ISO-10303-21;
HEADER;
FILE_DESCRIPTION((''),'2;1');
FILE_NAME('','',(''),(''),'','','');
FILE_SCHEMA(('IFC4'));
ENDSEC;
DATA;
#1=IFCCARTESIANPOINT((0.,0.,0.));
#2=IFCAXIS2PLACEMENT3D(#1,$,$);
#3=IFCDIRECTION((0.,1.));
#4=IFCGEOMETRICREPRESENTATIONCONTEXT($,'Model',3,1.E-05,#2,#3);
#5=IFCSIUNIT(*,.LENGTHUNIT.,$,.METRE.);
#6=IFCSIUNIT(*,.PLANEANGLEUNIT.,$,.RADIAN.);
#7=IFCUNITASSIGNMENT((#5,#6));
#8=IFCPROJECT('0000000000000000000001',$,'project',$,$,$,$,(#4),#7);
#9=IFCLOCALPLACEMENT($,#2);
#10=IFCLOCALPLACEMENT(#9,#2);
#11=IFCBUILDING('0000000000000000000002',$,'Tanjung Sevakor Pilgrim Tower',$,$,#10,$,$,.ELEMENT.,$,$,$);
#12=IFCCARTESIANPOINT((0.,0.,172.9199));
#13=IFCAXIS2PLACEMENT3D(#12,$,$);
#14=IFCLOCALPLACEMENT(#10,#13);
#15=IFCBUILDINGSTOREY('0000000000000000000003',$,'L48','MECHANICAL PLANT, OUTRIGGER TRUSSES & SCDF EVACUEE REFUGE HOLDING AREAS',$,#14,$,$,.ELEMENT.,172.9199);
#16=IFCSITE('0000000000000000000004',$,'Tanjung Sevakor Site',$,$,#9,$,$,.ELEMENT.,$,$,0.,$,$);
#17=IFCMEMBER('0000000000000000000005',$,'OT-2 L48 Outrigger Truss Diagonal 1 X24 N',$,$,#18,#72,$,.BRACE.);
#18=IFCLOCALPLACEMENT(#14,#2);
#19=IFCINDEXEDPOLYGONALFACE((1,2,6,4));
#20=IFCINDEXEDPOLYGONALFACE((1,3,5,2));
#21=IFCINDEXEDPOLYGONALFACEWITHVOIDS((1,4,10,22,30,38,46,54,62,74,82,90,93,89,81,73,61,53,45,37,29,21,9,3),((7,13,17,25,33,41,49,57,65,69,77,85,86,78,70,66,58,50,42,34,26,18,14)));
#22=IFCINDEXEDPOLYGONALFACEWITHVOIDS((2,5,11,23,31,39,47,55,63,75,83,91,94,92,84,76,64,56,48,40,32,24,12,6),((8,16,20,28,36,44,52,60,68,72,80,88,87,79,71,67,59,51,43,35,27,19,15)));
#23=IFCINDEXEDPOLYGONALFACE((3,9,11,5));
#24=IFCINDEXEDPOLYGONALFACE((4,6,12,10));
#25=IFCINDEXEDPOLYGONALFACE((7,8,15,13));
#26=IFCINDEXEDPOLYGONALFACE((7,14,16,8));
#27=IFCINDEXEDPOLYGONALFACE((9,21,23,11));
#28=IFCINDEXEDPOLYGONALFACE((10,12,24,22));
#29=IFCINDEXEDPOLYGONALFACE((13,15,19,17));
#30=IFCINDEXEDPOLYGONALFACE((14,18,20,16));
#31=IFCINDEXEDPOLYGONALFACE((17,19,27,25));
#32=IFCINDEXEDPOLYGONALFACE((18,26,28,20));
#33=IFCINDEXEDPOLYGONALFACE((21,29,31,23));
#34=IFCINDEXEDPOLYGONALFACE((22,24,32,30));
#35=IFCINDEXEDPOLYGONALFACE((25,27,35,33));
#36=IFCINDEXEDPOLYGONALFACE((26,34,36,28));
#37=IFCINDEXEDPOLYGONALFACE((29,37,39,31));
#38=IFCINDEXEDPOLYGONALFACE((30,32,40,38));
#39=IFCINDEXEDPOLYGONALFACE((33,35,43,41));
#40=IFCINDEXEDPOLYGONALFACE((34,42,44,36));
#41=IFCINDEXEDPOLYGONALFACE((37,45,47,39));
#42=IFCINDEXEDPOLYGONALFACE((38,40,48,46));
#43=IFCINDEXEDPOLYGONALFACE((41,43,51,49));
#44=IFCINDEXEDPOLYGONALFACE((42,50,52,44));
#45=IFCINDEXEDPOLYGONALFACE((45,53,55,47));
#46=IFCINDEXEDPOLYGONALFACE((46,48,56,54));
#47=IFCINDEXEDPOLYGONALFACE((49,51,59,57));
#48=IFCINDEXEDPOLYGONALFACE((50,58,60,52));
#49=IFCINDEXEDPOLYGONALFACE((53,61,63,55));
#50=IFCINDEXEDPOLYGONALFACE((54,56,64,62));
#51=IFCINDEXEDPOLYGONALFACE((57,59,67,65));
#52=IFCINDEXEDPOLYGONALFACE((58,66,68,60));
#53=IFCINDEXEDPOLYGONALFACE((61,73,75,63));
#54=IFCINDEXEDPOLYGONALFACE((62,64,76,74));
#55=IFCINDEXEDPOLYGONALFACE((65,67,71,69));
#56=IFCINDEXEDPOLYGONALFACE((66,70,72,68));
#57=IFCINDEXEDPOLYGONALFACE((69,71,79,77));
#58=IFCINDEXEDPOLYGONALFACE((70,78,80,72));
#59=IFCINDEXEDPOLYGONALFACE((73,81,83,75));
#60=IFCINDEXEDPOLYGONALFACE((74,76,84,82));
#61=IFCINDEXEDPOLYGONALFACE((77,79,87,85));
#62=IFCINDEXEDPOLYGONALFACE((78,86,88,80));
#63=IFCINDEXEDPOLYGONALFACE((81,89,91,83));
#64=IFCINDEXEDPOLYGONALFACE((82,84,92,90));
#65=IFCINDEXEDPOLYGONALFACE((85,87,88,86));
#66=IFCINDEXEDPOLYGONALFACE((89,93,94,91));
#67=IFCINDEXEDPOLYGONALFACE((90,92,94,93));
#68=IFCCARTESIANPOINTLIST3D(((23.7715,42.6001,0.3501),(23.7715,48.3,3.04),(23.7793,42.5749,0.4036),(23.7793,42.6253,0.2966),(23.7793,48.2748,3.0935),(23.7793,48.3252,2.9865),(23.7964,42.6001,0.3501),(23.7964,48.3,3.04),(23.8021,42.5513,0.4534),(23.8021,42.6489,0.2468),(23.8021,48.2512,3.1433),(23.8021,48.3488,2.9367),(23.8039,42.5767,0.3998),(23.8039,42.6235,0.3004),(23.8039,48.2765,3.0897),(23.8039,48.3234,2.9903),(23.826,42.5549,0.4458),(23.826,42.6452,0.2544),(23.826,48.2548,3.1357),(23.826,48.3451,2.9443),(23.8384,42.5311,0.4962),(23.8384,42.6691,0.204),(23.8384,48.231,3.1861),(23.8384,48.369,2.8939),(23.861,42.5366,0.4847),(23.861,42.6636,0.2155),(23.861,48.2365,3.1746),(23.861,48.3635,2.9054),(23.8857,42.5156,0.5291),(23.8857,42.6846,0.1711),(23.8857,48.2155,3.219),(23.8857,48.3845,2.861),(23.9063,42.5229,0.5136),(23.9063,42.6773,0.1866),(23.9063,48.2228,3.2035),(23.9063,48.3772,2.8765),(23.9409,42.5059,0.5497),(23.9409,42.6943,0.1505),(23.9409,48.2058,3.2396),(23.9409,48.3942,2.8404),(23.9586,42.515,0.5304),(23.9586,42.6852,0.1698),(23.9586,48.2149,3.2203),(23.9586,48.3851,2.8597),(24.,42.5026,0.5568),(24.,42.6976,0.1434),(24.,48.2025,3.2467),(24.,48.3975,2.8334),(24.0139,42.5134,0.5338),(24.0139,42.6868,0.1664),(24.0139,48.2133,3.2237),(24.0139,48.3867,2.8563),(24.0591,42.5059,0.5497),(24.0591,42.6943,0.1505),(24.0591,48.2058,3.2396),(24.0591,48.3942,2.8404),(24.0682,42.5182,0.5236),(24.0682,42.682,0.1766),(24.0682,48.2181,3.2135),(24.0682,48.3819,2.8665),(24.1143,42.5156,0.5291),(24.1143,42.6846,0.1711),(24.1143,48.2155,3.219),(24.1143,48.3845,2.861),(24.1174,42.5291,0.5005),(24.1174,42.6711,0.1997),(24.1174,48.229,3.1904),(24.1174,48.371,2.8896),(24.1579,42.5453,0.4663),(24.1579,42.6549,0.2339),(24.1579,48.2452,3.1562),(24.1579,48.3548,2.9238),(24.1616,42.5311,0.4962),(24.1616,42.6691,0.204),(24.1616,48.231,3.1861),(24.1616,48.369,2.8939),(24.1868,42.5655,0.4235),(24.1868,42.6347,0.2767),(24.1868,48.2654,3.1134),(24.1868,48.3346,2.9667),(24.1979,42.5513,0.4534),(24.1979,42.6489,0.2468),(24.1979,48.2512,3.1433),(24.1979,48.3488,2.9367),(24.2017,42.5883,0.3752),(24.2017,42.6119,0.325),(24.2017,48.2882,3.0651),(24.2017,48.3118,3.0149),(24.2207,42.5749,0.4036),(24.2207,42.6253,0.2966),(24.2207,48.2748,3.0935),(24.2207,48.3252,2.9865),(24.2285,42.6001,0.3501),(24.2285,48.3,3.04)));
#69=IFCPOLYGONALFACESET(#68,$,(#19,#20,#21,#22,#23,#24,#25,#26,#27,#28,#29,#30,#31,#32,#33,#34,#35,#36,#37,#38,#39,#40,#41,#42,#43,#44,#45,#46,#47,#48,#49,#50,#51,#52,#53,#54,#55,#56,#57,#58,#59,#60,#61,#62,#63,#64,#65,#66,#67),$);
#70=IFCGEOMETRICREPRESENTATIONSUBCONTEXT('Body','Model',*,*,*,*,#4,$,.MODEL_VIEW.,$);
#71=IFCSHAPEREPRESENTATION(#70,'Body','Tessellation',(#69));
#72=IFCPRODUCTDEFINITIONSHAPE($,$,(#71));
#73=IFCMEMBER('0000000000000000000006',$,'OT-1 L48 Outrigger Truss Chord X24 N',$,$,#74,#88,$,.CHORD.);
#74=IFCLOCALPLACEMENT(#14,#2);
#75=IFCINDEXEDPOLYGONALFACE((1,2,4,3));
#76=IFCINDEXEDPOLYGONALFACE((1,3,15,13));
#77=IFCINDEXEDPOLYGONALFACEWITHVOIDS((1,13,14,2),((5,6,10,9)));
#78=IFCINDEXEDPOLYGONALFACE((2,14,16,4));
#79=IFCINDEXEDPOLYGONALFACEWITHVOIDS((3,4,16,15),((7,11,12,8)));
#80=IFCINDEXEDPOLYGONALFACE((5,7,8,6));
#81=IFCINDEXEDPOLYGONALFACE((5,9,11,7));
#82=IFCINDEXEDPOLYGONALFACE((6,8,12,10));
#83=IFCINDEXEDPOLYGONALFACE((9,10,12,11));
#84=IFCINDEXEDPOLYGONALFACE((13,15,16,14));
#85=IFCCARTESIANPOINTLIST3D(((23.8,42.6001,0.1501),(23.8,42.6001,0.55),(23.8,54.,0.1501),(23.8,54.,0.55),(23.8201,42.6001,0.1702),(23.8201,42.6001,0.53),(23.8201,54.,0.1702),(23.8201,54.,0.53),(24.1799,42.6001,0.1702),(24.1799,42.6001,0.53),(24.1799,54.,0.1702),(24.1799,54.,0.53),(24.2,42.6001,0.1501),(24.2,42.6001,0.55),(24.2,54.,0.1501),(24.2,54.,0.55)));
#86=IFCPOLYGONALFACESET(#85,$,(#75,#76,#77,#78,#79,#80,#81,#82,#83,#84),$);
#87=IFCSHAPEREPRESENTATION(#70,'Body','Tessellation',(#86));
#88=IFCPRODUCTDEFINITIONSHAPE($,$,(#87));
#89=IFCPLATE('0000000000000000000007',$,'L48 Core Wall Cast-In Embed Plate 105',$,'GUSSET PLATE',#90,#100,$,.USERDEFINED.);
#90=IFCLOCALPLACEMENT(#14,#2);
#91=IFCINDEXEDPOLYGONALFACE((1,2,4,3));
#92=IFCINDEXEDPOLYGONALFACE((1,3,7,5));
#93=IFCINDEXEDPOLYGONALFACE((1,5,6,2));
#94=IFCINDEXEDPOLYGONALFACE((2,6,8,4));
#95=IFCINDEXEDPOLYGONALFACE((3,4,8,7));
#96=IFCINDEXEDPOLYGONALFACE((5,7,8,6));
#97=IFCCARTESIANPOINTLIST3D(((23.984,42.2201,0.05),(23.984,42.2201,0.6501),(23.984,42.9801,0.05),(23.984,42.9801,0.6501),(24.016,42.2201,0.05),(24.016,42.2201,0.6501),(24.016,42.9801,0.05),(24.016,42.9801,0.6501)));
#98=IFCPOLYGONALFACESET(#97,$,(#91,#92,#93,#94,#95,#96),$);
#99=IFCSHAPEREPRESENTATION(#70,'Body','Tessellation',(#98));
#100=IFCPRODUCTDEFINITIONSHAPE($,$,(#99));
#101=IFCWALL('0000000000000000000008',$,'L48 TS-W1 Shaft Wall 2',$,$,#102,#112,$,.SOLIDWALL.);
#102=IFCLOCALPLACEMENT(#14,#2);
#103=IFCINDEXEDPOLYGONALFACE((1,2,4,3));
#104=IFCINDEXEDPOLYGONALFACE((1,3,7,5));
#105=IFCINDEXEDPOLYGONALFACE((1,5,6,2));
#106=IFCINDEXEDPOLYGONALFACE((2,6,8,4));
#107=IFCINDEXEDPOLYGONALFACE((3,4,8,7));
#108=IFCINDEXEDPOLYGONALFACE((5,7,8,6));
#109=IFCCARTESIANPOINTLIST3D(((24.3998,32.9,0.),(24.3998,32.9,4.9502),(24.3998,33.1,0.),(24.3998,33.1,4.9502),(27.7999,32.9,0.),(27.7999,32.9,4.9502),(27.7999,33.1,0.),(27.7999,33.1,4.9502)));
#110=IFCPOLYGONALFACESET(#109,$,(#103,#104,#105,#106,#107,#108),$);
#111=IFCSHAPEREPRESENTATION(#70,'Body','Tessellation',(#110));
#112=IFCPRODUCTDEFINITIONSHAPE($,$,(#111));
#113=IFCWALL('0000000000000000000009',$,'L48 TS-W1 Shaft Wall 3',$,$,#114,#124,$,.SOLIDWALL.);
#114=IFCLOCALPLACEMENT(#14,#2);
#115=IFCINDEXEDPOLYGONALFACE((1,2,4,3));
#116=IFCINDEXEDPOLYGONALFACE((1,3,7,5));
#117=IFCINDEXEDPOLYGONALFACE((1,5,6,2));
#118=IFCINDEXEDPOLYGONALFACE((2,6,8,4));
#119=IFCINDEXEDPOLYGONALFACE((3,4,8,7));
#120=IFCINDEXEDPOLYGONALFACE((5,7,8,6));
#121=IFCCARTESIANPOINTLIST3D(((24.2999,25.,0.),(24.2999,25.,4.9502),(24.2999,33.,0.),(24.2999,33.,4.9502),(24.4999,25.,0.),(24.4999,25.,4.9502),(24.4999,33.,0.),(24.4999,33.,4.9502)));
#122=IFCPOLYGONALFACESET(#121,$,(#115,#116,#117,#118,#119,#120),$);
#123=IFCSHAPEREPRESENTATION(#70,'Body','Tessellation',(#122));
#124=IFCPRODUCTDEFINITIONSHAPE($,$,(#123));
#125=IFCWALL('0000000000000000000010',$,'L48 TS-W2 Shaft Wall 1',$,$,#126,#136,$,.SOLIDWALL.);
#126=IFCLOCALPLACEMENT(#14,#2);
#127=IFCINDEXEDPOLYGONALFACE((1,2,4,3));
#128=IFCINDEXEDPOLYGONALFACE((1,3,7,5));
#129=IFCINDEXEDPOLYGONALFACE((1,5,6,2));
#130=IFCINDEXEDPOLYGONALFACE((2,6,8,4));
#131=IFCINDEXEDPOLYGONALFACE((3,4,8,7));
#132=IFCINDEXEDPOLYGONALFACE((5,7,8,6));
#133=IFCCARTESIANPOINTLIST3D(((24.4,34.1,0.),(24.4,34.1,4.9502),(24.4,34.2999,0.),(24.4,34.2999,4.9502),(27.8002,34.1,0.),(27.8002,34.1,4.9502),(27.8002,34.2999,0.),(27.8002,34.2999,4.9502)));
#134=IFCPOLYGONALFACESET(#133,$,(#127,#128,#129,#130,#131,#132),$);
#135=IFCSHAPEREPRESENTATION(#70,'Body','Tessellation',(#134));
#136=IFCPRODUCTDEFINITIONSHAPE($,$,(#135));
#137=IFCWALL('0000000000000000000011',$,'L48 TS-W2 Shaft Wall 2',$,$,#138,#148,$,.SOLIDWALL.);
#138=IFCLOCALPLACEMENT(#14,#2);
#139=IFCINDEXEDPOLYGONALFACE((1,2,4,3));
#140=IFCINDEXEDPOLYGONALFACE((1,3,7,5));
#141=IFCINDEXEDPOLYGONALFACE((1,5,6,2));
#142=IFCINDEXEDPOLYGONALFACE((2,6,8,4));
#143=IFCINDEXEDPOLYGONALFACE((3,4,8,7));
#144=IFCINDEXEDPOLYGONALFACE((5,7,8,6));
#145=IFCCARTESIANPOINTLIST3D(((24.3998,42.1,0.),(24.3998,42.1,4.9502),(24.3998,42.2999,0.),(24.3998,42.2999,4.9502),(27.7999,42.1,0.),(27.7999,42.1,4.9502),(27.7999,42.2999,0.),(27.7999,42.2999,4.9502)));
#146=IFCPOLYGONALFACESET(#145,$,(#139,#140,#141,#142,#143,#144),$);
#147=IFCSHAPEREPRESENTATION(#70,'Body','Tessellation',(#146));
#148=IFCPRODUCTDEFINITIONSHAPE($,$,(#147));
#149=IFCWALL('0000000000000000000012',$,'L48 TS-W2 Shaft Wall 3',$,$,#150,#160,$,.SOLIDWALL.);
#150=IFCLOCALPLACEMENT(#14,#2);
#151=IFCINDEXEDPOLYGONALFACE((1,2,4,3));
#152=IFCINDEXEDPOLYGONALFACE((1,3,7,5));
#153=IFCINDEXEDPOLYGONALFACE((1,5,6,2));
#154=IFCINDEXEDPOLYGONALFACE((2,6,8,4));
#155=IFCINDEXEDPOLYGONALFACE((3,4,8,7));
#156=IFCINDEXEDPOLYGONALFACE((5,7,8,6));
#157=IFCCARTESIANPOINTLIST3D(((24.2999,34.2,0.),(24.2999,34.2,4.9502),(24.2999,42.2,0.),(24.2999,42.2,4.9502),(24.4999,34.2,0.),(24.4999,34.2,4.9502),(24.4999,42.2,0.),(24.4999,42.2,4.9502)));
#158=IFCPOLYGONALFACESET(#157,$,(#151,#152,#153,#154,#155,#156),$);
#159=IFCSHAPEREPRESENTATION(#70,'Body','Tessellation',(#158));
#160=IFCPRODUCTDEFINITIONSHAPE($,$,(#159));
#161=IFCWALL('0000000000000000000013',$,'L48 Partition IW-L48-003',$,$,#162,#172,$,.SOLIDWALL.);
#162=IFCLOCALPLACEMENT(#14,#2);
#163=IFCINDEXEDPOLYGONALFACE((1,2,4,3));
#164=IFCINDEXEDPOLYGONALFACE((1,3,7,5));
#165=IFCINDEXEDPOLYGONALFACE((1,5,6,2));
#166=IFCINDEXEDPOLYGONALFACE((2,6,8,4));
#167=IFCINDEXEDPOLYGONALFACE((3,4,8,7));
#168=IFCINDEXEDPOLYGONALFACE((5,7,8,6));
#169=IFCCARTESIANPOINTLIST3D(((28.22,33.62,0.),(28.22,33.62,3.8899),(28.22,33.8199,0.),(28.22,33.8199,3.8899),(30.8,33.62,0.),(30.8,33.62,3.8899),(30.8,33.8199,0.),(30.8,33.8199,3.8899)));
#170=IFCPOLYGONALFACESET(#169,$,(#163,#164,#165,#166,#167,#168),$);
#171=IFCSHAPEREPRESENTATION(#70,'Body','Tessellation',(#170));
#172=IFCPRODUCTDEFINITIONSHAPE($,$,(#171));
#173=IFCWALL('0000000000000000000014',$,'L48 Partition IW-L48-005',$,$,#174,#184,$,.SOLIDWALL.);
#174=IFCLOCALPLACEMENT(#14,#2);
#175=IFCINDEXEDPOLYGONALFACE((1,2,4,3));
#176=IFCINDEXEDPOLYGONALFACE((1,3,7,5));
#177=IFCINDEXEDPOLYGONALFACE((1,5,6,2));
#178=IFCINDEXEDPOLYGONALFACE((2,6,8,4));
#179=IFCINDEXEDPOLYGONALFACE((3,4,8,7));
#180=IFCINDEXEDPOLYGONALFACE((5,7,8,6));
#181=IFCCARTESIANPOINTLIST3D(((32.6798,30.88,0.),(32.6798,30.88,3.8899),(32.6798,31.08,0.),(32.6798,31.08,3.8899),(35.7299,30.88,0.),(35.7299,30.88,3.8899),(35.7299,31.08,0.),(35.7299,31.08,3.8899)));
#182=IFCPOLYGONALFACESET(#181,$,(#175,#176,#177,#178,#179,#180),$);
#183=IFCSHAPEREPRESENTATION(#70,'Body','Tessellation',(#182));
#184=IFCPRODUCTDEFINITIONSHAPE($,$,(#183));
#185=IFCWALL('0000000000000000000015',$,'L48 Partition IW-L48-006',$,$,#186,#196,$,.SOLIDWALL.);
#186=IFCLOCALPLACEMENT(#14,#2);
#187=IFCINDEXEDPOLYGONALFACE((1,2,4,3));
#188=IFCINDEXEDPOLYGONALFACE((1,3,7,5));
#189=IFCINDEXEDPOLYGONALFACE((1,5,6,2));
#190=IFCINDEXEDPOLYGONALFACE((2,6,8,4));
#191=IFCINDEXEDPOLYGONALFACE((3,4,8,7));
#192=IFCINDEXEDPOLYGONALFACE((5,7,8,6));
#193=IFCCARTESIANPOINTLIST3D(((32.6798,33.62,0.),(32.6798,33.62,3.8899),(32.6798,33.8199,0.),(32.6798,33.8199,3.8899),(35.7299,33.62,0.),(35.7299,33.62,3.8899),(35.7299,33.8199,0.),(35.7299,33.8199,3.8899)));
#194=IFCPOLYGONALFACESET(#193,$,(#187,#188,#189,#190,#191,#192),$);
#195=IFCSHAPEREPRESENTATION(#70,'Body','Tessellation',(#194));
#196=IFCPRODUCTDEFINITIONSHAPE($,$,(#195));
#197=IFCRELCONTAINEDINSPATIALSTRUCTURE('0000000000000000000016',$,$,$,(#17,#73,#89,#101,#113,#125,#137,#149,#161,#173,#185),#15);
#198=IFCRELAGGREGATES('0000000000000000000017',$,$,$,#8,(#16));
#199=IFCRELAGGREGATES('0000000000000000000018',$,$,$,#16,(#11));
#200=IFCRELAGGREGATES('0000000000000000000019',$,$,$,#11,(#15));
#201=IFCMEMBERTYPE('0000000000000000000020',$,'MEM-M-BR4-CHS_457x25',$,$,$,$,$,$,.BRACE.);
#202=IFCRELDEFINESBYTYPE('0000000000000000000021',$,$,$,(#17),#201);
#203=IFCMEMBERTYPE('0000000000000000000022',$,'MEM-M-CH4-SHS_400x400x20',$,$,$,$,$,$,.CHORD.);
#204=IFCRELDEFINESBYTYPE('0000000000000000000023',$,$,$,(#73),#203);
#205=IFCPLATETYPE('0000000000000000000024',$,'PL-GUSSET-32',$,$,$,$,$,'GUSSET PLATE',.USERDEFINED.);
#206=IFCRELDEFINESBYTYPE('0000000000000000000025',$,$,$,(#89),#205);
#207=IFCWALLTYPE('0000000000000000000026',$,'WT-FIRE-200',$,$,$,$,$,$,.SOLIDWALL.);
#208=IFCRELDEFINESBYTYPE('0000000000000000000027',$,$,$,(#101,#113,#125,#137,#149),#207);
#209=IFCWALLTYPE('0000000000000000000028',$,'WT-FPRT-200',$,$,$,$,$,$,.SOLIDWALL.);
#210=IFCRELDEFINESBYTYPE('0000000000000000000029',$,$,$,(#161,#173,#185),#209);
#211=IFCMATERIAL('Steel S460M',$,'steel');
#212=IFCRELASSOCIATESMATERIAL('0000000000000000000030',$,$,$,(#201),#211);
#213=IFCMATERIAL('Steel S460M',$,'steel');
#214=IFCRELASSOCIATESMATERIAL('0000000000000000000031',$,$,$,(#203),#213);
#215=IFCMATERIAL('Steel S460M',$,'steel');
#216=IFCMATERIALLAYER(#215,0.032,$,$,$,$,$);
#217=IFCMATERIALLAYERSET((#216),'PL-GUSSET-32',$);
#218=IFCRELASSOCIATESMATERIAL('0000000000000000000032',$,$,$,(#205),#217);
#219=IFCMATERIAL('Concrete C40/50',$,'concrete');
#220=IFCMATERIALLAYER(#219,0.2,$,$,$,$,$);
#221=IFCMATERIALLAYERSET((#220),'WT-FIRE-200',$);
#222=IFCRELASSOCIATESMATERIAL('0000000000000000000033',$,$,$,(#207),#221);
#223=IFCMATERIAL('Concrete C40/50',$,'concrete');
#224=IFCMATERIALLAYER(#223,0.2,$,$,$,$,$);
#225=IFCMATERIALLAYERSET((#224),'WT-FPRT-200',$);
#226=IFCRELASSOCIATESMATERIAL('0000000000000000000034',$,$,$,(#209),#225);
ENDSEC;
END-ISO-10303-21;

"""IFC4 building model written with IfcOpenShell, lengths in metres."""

from ifc_helpers import new_model, si_unit, direction, frame, frame_2d, origin, origin_2d, place, context, subcontext, project, spatial, rectangle, hollow_rectangle, hollow_circle, extrude, material, layer, layer_set, material_profile, profile_set, type_object, element, save


model = new_model("IFC4")

# Units and contexts
model_context = context("Model", 3, precision=1e-05, world=origin(), true_north=direction((0.0, 1.0)))
body_context = subcontext(model_context, "Body", "Model", "MODEL_VIEW")
ifc_project = project(units=[si_unit("LENGTHUNIT", "METRE"), si_unit("PLANEANGLEUNIT", "RADIAN")], contexts=[model_context])

# Site, building, storey
site_placement = place(None, origin())
site = spatial("IfcSite", under=ifc_project, at=site_placement, Name="Tanjung Sevakor Site", CompositionType="ELEMENT", RefElevation=0.0)
building_placement = place(site_placement, origin())
building = spatial("IfcBuilding", under=site, at=building_placement, Name="Tanjung Sevakor Pilgrim Tower", CompositionType="ELEMENT")
storey_placement = place(building_placement, frame((0.0, 0.0, 172.9199)))
storey = spatial("IfcBuildingStorey", under=building, at=storey_placement, Name="L48", Description="MECHANICAL PLANT, OUTRIGGER TRUSSES & SCDF EVACUEE REFUGE HOLDING AREAS", CompositionType="ELEMENT", Elevation=172.9199)

# Members
ifc_material_1 = material(Name="Steel S460M", Category="steel")
ifc_material_profile_1 = material_profile(ifc_material_1, hollow_circle(Radius=0.2285, WallThickness=0.0249, at=origin_2d()))
ifc_profile_set_1 = profile_set([ifc_material_profile_1], Name="Steel S460M")
member_type_1 = type_object("IfcMemberType", Name="MEM-M-BR4-CHS_457x25", PredefinedType="BRACE", material=ifc_profile_set_1)
member_1_placement = place(storey_placement, frame((24.0, 42.6001, 0.3501), z_axis=(0.0, 0.904353, 0.426785), x_axis=(-1.0, 0.0, 0.0)))
element("IfcMember", 1, at=member_1_placement, inside=storey, type_object=member_type_1, Name="OT-2 L48 Outrigger Truss Diagonal 1 X24 N", PredefinedType="BRACE", context=body_context, shape_type="SweptSolid", body=[
    extrude(hollow_circle(Radius=0.2285, WallThickness=0.0249, at=origin_2d()), origin(), (0.0, 0.0, 1.0), 6.3027),
])
ifc_material_2 = material(Name="Steel S460M", Category="steel")
ifc_material_profile_2 = material_profile(ifc_material_2, hollow_rectangle(XDim=0.3999, YDim=0.3999, WallThickness=0.02, at=origin_2d()))
ifc_profile_set_2 = profile_set([ifc_material_profile_2], Name="Steel S460M")
member_type_2 = type_object("IfcMemberType", Name="MEM-M-CH4-SHS_400x400x20", PredefinedType="CHORD", material=ifc_profile_set_2)
member_2_placement = place(storey_placement, frame((24.0, 42.6001, 0.3501), z_axis=(0.0, 1.0, 0.0), x_axis=(-1.0, 0.0, 0.0)))
element("IfcMember", 2, at=member_2_placement, inside=storey, type_object=member_type_2, Name="OT-1 L48 Outrigger Truss Chord X24 N", PredefinedType="CHORD", context=body_context, shape_type="SweptSolid", body=[
    extrude(hollow_rectangle(XDim=0.3999, YDim=0.3999, WallThickness=0.02, at=origin_2d()), origin(), (0.0, 0.0, 1.0), 11.3999),
])

# Plate
ifc_material_3 = material(Name="Steel S460M", Category="steel")
ifc_layer_1 = layer(ifc_material_3, 0.032)
ifc_layer_set_1 = layer_set([ifc_layer_1], Name="PL-GUSSET-32")
plate_type = type_object("IfcPlateType", Name="PL-GUSSET-32", ElementType="GUSSET PLATE", PredefinedType="USERDEFINED", material=ifc_layer_set_1)
plate_placement = place(storey_placement, frame((24.0, 42.6001, 0.05), z_axis=(0.0, 0.0, 1.0), x_axis=(1.0, 0.0, 0.0)))
element("IfcPlate", 3, at=plate_placement, inside=storey, type_object=plate_type, Name="L48 Core Wall Cast-In Embed Plate 105", ObjectType="GUSSET PLATE", PredefinedType="USERDEFINED", context=body_context, shape_type="SweptSolid", body=[
    extrude(rectangle(XDim=0.032, YDim=0.76, at=origin_2d()), origin(), (0.0, 0.0, 1.0), 0.6001),
])

# Walls
ifc_material_4 = material(Name="Concrete C40/50", Category="concrete")
ifc_layer_2 = layer(ifc_material_4, 0.2)
ifc_layer_set_2 = layer_set([ifc_layer_2], Name="WT-FIRE-200")
wall_type_1 = type_object("IfcWallType", Name="WT-FIRE-200", PredefinedType="SOLIDWALL", material=ifc_layer_set_2)
wall_1_placement = place(storey_placement, frame((27.8, 33.0, 0.0), z_axis=(0.0, 0.0, 1.0), x_axis=(-1.0, 0.0, 0.0)))
element("IfcWall", 4, at=wall_1_placement, inside=storey, type_object=wall_type_1, Name="L48 TS-W1 Shaft Wall 2", PredefinedType="SOLIDWALL", context=body_context, shape_type="SweptSolid", body=[
    extrude(rectangle(XDim=3.4001, YDim=0.2, at=frame_2d((1.7002, 0.0))), origin(), (0.0, 0.0, 1.0), 4.9502),
])
wall_2_placement = place(storey_placement, frame((24.3999, 33.0, 0.0), z_axis=(0.0, 0.0, 1.0), x_axis=(0.0, -1.0, 0.0)))
element("IfcWall", 5, at=wall_2_placement, inside=storey, type_object=wall_type_1, Name="L48 TS-W1 Shaft Wall 3", PredefinedType="SOLIDWALL", context=body_context, shape_type="SweptSolid", body=[
    extrude(rectangle(XDim=8.0, YDim=0.2, at=frame_2d((4.0, 0.0))), origin(), (0.0, 0.0, 1.0), 4.9502),
])
for number, where, z_axis, x_axis, name in (
    (6, (24.3999, 34.2, 0.0), (0.0, 0.0, 1.0), (1.0, 0.0, 0.0), "L48 TS-W2 Shaft Wall 1"),
    (7, (27.8, 42.2, 0.0), (0.0, 0.0, 1.0), (-1.0, 0.0, 0.0), "L48 TS-W2 Shaft Wall 2"),
):
    element("IfcWall", number, at=place(storey_placement, frame(where, z_axis=z_axis, x_axis=x_axis)), inside=storey, type_object=wall_type_1, Name=name, PredefinedType="SOLIDWALL", context=body_context, shape_type="SweptSolid", body=[
        extrude(rectangle(XDim=3.4001, YDim=0.2, at=frame_2d((1.7002, 0.0))), origin(), (0.0, 0.0, 1.0), 4.9502),
    ])
wall_3_placement = place(storey_placement, frame((24.3999, 42.2, 0.0), z_axis=(0.0, 0.0, 1.0), x_axis=(0.0, -1.0, 0.0)))
element("IfcWall", 8, at=wall_3_placement, inside=storey, type_object=wall_type_1, Name="L48 TS-W2 Shaft Wall 3", PredefinedType="SOLIDWALL", context=body_context, shape_type="SweptSolid", body=[
    extrude(rectangle(XDim=8.0, YDim=0.2, at=frame_2d((4.0, 0.0))), origin(), (0.0, 0.0, 1.0), 4.9502),
])
ifc_material_5 = material(Name="Concrete C40/50", Category="concrete")
ifc_layer_3 = layer(ifc_material_5, 0.2)
ifc_layer_set_3 = layer_set([ifc_layer_3], Name="WT-FPRT-200")
wall_type_2 = type_object("IfcWallType", Name="WT-FPRT-200", PredefinedType="SOLIDWALL", material=ifc_layer_set_3)
wall_4_placement = place(storey_placement, frame((28.22, 33.72, 0.0), z_axis=(0.0, 0.0, 1.0), x_axis=(1.0, 0.0, 0.0)))
element("IfcWall", 9, at=wall_4_placement, inside=storey, type_object=wall_type_2, Name="L48 Partition IW-L48-003", PredefinedType="SOLIDWALL", context=body_context, shape_type="SweptSolid", body=[
    extrude(rectangle(XDim=2.5801, YDim=0.2, at=frame_2d((1.29, 0.0))), origin(), (0.0, 0.0, 1.0), 3.8899),
])
for number, where, z_axis, x_axis, name in (
    (10, (32.6799, 30.98, 0.0), (0.0, 0.0, 1.0), (1.0, 0.0, 0.0), "L48 Partition IW-L48-005"),
    (11, (32.6799, 33.72, 0.0), (0.0, 0.0, 1.0), (1.0, 0.0, 0.0), "L48 Partition IW-L48-006"),
):
    element("IfcWall", number, at=place(storey_placement, frame(where, z_axis=z_axis, x_axis=x_axis)), inside=storey, type_object=wall_type_2, Name=name, PredefinedType="SOLIDWALL", context=body_context, shape_type="SweptSolid", body=[
        extrude(rectangle(XDim=3.05, YDim=0.2, at=frame_2d((1.5249, 0.0))), origin(), (0.0, 0.0, 1.0), 3.8899),
    ])

save(model, "model.ifc")
